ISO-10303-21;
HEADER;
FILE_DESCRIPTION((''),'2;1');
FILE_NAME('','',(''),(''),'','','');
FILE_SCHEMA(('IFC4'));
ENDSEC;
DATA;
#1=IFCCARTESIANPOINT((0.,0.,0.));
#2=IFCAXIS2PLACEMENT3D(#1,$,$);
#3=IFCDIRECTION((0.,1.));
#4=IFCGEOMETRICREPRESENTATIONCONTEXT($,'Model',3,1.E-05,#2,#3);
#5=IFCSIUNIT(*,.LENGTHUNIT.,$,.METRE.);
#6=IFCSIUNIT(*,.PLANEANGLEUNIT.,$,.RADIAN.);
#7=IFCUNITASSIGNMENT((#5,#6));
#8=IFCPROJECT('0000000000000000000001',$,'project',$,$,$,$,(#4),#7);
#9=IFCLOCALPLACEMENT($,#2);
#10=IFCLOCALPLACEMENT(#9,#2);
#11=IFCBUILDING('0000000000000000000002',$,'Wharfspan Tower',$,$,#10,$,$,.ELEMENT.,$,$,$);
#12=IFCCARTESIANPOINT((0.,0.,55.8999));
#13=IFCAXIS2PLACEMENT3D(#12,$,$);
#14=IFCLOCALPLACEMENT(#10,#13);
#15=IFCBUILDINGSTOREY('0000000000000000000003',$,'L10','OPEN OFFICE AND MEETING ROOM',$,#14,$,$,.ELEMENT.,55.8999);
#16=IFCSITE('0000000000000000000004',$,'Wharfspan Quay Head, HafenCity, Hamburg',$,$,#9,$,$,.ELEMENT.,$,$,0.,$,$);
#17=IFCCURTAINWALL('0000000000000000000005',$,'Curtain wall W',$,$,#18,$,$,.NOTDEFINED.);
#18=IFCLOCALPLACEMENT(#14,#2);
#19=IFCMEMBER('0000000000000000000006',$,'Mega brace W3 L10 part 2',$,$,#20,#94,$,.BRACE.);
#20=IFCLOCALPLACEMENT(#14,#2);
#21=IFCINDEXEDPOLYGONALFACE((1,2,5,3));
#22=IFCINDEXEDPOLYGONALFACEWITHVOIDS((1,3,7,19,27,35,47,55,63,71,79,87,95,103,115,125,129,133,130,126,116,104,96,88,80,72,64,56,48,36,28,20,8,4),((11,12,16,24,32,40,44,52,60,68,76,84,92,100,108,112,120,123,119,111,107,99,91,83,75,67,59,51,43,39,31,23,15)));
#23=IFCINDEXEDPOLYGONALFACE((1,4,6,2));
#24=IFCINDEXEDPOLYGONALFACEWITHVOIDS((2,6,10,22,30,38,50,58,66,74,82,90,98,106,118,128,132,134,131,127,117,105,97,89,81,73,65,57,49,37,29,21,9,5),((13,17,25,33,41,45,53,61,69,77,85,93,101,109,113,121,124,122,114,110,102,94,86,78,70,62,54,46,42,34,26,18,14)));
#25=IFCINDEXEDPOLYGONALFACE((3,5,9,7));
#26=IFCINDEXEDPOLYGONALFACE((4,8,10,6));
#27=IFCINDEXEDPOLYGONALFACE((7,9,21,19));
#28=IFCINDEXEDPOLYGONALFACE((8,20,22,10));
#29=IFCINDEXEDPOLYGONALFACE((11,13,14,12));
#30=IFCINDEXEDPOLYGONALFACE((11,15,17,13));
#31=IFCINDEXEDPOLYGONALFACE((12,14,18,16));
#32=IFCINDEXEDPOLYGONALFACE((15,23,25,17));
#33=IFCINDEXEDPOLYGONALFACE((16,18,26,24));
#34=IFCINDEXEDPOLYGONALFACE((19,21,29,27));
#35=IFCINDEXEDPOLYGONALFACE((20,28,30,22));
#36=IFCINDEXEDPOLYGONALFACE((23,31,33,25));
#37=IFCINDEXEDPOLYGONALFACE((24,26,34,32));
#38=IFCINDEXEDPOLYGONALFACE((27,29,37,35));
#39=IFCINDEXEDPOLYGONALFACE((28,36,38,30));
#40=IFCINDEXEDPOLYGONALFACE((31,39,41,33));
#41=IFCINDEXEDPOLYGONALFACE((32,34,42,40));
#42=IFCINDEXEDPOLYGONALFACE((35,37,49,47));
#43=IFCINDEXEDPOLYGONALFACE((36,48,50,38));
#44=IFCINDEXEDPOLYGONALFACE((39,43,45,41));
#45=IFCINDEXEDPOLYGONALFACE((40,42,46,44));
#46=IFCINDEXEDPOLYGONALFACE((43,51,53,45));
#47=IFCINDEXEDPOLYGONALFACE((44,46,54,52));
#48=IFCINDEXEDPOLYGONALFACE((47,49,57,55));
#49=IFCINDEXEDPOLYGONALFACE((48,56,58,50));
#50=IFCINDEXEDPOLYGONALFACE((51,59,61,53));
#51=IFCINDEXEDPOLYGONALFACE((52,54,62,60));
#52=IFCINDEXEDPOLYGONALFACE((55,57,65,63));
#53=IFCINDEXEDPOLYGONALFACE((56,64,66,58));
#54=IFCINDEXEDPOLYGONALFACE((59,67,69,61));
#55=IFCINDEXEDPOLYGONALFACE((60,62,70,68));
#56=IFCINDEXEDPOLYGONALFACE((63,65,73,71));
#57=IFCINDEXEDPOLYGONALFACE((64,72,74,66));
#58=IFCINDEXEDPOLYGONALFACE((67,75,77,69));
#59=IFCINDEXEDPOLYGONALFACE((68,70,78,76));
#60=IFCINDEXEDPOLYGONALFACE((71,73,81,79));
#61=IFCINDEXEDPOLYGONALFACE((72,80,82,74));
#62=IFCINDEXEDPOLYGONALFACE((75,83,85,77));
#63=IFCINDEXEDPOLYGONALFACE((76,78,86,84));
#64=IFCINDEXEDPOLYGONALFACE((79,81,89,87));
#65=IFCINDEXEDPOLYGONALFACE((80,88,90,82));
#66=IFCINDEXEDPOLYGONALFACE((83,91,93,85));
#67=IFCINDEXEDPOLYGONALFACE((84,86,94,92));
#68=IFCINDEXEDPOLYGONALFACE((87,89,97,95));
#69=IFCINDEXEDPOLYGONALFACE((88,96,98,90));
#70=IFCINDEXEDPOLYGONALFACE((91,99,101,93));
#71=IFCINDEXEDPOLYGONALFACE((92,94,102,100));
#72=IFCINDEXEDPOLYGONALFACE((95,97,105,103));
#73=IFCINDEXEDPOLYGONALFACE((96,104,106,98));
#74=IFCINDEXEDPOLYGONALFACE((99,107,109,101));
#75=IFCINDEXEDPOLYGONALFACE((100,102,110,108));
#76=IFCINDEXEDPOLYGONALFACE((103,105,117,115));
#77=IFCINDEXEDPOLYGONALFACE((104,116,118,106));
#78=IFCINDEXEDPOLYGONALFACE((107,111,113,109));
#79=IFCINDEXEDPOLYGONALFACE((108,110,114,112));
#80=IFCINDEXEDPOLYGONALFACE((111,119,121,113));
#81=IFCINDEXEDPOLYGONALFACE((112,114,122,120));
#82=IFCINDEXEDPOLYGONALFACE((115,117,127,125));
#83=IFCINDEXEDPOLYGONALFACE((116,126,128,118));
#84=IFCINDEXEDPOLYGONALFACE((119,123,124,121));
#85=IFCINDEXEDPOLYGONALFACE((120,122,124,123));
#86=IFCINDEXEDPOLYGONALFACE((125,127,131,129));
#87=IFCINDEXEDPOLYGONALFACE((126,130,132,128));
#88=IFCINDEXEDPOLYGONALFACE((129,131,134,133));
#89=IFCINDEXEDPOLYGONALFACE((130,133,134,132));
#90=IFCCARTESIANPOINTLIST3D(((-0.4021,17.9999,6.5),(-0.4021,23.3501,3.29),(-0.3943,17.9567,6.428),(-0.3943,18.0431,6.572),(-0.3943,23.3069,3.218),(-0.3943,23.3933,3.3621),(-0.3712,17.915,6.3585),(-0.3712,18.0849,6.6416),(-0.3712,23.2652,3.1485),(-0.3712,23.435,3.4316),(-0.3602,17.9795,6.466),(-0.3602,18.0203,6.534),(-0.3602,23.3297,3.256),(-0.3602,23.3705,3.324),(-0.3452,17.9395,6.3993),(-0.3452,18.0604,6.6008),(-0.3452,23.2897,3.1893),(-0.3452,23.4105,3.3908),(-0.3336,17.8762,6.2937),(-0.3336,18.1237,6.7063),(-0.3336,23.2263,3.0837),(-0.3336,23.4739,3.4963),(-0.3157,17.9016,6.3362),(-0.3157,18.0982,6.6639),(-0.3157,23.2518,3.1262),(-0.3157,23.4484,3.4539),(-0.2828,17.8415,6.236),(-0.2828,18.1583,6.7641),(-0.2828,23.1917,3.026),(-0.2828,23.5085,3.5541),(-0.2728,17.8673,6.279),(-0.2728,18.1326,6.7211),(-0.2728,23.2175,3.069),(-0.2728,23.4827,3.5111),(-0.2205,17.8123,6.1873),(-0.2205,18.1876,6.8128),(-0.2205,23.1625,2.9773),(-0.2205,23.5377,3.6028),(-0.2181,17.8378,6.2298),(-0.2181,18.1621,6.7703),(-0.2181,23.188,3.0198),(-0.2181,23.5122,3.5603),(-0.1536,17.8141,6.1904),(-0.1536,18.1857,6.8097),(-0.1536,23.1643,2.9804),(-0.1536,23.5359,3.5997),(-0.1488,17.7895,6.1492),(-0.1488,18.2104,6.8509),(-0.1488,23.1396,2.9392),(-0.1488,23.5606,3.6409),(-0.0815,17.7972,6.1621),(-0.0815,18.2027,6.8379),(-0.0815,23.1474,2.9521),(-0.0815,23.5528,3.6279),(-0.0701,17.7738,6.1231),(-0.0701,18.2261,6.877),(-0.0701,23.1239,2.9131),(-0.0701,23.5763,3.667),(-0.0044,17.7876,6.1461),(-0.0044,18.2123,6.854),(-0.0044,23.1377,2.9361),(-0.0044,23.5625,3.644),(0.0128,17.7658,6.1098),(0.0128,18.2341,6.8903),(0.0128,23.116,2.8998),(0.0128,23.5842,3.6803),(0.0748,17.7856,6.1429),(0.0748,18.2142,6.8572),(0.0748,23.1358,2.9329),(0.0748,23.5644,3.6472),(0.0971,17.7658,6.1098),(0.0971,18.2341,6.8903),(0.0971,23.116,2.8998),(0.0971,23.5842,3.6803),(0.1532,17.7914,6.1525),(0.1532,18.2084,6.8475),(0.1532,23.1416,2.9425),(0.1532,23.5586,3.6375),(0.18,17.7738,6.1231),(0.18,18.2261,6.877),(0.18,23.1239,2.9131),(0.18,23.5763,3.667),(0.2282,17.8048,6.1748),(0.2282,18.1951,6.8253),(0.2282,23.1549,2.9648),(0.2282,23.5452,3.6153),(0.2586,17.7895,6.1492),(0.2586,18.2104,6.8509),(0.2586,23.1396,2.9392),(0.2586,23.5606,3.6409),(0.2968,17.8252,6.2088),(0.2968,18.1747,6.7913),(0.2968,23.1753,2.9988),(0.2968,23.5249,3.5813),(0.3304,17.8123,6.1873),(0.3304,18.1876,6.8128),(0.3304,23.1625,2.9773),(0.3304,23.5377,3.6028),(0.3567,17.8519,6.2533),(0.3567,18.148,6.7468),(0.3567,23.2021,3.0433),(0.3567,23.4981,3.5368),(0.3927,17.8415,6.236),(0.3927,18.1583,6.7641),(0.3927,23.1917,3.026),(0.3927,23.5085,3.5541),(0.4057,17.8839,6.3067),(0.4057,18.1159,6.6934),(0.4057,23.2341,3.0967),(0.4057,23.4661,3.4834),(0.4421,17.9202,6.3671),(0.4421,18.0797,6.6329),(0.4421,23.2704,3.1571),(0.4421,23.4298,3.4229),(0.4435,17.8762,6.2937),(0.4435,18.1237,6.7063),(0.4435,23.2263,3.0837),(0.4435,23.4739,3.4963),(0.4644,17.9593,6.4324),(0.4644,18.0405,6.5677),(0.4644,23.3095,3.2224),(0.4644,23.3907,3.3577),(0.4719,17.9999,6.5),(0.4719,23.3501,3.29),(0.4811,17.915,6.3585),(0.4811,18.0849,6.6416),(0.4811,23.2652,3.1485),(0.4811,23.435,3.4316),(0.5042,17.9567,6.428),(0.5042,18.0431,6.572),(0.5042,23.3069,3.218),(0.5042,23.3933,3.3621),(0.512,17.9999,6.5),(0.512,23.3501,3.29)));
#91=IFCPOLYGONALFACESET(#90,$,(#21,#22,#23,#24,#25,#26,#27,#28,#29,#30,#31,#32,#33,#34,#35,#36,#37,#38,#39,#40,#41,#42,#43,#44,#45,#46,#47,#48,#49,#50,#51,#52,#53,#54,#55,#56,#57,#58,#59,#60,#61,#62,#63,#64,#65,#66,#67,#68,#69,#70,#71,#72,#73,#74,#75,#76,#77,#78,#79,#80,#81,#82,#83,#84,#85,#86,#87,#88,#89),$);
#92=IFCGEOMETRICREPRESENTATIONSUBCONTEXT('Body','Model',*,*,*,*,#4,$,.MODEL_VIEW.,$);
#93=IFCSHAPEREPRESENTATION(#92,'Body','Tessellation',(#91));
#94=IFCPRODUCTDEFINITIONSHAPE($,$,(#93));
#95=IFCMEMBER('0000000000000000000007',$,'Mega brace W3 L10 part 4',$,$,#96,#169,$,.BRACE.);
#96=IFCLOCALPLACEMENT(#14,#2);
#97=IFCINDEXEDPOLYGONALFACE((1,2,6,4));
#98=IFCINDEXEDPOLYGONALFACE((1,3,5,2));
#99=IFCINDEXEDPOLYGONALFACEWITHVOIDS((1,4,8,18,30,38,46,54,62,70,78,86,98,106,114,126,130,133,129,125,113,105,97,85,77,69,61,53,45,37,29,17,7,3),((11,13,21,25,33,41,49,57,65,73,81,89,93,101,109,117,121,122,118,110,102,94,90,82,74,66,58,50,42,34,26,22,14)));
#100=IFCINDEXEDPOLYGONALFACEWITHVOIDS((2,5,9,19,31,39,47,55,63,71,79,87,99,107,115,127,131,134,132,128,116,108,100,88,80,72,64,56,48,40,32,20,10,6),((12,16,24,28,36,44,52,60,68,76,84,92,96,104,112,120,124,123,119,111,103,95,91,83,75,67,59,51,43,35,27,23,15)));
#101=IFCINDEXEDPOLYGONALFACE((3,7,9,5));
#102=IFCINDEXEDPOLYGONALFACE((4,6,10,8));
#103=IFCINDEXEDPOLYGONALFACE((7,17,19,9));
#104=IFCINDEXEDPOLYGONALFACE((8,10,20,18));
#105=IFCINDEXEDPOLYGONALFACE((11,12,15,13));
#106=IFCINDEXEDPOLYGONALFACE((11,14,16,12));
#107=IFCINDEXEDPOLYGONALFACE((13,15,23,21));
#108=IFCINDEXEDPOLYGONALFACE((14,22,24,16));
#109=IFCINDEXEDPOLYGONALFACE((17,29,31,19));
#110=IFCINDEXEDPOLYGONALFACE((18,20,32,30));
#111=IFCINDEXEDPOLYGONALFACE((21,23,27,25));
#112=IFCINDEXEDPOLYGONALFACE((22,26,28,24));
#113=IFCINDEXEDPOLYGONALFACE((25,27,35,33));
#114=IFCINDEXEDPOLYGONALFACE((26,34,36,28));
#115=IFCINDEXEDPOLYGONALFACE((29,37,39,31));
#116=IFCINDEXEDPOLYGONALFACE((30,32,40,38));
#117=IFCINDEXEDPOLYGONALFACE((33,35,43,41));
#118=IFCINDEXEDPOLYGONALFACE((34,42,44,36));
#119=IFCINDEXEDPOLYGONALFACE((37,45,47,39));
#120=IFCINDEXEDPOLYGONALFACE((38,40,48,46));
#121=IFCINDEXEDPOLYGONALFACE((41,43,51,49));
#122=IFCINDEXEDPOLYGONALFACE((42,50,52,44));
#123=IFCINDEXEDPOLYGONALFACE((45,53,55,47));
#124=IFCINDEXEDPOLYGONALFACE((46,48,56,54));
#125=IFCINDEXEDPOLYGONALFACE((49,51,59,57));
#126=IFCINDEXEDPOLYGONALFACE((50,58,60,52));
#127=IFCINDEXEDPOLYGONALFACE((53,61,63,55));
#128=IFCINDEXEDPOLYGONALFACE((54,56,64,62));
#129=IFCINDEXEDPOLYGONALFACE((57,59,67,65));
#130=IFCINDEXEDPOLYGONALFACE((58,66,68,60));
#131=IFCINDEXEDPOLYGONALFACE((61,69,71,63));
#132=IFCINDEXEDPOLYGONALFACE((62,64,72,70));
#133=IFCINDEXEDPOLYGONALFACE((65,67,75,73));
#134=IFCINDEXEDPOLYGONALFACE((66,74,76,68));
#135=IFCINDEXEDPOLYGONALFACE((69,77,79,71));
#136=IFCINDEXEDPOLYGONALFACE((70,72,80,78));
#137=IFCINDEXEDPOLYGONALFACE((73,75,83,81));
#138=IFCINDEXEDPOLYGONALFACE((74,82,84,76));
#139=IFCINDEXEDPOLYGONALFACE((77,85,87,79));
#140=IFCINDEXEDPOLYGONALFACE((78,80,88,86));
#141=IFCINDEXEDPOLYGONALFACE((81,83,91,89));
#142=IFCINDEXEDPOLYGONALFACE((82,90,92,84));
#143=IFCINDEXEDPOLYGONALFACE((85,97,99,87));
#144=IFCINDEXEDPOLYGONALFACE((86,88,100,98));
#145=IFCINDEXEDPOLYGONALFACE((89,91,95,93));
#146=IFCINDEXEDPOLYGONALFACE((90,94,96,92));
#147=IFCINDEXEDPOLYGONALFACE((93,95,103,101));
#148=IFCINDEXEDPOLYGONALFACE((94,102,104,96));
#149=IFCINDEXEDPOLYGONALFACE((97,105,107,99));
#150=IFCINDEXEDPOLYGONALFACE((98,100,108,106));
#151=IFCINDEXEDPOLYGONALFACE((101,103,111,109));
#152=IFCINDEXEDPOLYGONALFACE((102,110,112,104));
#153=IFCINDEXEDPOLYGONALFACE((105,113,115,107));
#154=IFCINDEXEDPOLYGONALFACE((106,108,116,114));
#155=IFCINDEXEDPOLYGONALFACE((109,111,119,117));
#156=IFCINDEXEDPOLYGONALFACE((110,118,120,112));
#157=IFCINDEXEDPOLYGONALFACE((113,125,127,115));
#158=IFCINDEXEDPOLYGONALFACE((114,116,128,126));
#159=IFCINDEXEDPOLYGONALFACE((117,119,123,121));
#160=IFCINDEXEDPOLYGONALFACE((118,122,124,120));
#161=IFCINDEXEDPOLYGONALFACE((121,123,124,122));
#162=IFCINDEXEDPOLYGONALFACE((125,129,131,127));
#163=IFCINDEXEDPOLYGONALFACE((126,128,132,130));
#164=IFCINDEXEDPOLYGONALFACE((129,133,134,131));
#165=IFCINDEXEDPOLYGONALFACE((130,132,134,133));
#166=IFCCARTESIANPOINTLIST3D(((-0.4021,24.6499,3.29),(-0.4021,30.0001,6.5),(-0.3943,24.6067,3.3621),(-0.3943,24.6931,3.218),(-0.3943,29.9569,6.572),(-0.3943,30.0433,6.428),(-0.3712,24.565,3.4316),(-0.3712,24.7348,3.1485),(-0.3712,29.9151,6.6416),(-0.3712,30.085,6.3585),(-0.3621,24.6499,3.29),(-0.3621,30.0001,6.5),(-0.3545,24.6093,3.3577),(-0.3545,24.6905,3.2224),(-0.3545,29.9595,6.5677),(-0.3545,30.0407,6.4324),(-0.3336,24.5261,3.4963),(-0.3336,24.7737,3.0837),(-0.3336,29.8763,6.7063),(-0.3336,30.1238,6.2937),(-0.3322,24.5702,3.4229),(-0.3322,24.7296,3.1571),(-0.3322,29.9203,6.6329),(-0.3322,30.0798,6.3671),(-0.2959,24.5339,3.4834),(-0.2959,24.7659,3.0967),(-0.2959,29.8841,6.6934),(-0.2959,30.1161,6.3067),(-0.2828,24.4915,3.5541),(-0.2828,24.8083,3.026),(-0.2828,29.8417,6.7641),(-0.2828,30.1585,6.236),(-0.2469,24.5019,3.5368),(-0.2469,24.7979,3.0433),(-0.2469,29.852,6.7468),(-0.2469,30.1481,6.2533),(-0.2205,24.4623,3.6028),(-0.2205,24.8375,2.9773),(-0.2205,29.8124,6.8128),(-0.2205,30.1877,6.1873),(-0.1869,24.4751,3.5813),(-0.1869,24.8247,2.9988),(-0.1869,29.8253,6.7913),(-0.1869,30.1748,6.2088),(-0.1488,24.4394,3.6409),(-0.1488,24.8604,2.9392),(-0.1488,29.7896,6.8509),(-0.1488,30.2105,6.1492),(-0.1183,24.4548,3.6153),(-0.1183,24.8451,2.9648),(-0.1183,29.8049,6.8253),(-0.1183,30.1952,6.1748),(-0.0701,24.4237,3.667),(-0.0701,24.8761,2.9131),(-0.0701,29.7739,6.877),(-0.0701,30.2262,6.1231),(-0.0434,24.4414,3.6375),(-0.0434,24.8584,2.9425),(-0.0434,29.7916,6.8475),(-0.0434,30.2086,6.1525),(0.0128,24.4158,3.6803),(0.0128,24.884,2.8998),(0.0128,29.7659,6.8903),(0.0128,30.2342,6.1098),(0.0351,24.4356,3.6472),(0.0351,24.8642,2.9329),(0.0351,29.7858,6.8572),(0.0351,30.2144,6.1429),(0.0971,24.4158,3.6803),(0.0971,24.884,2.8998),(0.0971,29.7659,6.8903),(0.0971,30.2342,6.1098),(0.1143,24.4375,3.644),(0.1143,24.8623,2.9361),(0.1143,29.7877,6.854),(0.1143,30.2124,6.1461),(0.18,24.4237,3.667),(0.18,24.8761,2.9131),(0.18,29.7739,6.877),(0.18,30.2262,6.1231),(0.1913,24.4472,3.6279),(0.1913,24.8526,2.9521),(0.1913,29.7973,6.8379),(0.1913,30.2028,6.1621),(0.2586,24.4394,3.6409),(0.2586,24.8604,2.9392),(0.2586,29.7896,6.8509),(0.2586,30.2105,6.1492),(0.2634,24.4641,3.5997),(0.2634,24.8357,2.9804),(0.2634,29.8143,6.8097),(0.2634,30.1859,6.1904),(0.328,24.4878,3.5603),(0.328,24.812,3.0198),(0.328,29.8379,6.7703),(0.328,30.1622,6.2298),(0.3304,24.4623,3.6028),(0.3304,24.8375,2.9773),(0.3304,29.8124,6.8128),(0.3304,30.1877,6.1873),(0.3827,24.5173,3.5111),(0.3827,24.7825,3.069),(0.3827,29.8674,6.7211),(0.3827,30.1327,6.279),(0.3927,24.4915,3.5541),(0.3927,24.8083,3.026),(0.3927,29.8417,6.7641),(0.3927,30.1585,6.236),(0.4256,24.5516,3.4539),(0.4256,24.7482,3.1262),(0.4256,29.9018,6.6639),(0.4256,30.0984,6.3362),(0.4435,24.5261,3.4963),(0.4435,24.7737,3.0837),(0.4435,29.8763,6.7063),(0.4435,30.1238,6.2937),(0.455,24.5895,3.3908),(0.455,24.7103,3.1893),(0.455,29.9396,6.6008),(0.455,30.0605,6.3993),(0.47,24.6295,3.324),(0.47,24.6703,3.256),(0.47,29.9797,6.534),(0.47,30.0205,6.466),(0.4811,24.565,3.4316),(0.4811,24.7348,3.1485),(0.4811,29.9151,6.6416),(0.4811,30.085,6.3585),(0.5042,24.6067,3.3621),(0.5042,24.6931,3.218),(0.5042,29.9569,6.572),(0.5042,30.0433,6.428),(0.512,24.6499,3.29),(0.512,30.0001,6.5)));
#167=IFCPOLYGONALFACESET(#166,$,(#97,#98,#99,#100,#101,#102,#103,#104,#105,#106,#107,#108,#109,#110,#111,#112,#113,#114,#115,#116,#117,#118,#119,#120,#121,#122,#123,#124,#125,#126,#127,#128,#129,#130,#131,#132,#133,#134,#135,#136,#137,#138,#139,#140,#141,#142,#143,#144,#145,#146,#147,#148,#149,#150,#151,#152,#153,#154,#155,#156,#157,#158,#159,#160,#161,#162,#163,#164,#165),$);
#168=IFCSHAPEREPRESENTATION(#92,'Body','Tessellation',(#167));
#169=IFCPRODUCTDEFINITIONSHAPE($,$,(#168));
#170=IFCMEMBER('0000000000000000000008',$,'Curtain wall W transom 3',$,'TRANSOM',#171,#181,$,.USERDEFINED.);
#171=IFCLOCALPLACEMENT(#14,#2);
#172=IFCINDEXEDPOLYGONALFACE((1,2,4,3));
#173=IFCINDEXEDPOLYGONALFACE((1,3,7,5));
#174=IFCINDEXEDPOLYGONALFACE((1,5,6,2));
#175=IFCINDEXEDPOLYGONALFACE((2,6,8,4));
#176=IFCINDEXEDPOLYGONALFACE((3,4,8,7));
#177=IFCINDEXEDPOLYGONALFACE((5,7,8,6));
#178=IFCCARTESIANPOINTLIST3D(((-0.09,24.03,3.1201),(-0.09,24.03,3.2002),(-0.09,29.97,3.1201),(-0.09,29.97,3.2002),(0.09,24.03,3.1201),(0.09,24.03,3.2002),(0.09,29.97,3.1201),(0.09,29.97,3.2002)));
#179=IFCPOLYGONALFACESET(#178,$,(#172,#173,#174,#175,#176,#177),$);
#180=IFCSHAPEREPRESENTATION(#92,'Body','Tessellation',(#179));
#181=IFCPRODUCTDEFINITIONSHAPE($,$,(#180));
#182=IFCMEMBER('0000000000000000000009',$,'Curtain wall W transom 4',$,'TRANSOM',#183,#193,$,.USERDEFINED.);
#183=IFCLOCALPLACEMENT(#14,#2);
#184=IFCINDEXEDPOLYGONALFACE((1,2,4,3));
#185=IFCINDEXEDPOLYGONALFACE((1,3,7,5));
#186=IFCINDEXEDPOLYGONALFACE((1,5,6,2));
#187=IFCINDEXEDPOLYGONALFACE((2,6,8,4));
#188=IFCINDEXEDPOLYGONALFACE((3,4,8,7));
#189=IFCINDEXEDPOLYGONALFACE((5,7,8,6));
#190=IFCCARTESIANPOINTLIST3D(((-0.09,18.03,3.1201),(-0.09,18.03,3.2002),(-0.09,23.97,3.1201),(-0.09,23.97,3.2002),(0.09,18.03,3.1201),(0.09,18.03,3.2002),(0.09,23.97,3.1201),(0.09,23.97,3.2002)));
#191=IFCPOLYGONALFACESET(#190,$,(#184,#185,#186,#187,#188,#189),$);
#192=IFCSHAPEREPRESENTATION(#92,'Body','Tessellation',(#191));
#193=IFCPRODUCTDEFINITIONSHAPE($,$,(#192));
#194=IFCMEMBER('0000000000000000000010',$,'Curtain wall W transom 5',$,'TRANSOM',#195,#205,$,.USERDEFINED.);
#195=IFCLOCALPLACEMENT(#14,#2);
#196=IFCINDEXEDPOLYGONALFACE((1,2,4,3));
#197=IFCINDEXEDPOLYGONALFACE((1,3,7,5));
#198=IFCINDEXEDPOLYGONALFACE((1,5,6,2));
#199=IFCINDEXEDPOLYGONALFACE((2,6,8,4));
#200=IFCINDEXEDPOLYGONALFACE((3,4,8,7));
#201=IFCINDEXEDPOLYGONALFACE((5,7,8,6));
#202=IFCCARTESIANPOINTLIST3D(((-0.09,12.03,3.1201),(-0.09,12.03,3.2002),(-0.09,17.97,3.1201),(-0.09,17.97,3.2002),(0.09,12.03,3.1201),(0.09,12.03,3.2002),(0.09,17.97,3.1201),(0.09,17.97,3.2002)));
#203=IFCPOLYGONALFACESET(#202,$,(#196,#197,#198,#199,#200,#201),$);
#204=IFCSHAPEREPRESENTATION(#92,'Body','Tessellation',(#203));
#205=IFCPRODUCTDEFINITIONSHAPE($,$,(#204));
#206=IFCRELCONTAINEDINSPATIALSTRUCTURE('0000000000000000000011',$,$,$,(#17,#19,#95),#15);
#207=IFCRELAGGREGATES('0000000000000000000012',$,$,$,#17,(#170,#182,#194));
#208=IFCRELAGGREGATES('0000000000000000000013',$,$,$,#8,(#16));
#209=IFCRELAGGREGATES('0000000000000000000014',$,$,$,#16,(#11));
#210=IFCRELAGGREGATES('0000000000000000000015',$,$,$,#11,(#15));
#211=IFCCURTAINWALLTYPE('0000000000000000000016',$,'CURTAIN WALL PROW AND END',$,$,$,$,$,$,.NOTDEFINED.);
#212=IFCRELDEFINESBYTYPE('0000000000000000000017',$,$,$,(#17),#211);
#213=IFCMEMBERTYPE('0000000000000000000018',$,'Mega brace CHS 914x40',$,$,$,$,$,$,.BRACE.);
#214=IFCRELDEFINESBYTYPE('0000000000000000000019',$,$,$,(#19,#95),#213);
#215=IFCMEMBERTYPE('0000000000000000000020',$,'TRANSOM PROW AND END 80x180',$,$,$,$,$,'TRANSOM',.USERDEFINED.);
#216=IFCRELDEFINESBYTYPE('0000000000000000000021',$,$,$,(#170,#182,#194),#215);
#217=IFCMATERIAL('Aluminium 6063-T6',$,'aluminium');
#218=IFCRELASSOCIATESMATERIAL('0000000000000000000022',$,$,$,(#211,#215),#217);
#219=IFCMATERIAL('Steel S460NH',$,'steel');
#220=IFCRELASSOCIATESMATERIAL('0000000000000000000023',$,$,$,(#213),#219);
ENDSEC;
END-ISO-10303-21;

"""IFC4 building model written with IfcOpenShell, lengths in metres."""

from ifc_helpers import new_model, si_unit, direction, frame, origin, origin_2d, place, context, subcontext, project, spatial, rectangle, hollow_circle, extrude, material, material_profile, profile_set, type_object, element, aggregate, save


model = new_model("IFC4")

# Units and contexts
model_context = context("Model", 3, precision=1e-05, world=origin(), true_north=direction((0.0, 1.0)))
body_context = subcontext(model_context, "Body", "Model", "MODEL_VIEW")
ifc_project = project(units=[si_unit("LENGTHUNIT", "METRE"), si_unit("PLANEANGLEUNIT", "RADIAN")], contexts=[model_context])

# Site, building, storey
site_placement = place(None, origin())
site = spatial("IfcSite", under=ifc_project, at=site_placement, Name="Wharfspan Quay Head, HafenCity, Hamburg", CompositionType="ELEMENT", RefElevation=0.0)
building_placement = place(site_placement, origin())
building = spatial("IfcBuilding", under=site, at=building_placement, Name="Wharfspan Tower", CompositionType="ELEMENT")
storey_placement = place(building_placement, frame((0.0, 0.0, 55.8999)))
storey = spatial("IfcBuildingStorey", under=building, at=storey_placement, Name="L10", Description="OPEN OFFICE AND MEETING ROOM", CompositionType="ELEMENT", Elevation=55.8999)

# Curtain wall
ifc_material_1 = material(Name="Aluminium 6063-T6", Category="aluminium")
curtain_wall_type = type_object("IfcCurtainWallType", Name="CURTAIN WALL PROW AND END", PredefinedType="NOTDEFINED", material=ifc_material_1)
curtain_wall_placement = place(storey_placement, origin())
curtain_wall = element("IfcCurtainWall", 1, at=curtain_wall_placement, inside=storey, type_object=curtain_wall_type, Name="Curtain wall W", PredefinedType="NOTDEFINED")

# Members
ifc_material_2 = material(Name="Steel S460NH", Category="steel")
ifc_material_profile_1 = material_profile(ifc_material_2, hollow_circle(Radius=0.457, WallThickness=0.04, at=origin_2d()))
ifc_profile_set_1 = profile_set([ifc_material_profile_1], Name="Steel S460NH")
member_type_1 = type_object("IfcMemberType", Name="Mega brace CHS 914x40", PredefinedType="BRACE", material=ifc_profile_set_1)
for number, where, z_axis, x_axis, name in (
    (2, (0.0549, 23.3501, 3.29), (0.0, -0.8575, 0.514484), (1.0, 0.0, 0.0), "Mega brace W3 L10 part 2"),
    (3, (0.0549, 24.6499, 3.29), (0.0, 0.8575, 0.514484), (-1.0, 0.0, 0.0), "Mega brace W3 L10 part 4"),
):
    element("IfcMember", number, at=place(storey_placement, frame(where, z_axis=z_axis, x_axis=x_axis)), inside=storey, type_object=member_type_1, Name=name, PredefinedType="BRACE", context=body_context, shape_type="SweptSolid", body=[
        extrude(hollow_circle(Radius=0.457, WallThickness=0.04, at=origin_2d()), origin(), (0.0, 0.0, 1.0), 6.2393),
    ])

# Members
ifc_material_profile_2 = material_profile(ifc_material_1, rectangle(XDim=0.1799, YDim=0.0801, at=origin_2d()))
ifc_profile_set_2 = profile_set([ifc_material_profile_2], Name="Aluminium 6063-T6")
member_type_2 = type_object("IfcMemberType", Name="TRANSOM PROW AND END 80x180", ElementType="TRANSOM", PredefinedType="USERDEFINED", material=ifc_profile_set_2)
member_1_placement = place(storey_placement, frame((0.0, 29.97, 3.1602), z_axis=(0.0, -1.0, 0.0), x_axis=(1.0, 0.0, 0.0)))
member_1 = element("IfcMember", 4, at=member_1_placement, type_object=member_type_2, Name="Curtain wall W transom 3", ObjectType="TRANSOM", PredefinedType="USERDEFINED", context=body_context, shape_type="SweptSolid", body=[
    extrude(rectangle(XDim=0.1799, YDim=0.0801, at=origin_2d()), origin(), (0.0, 0.0, 1.0), 5.9399),
])
member_2_placement = place(storey_placement, frame((0.0, 23.97, 3.1602), z_axis=(0.0, -1.0, 0.0), x_axis=(1.0, 0.0, 0.0)))
member_2 = element("IfcMember", 5, at=member_2_placement, type_object=member_type_2, Name="Curtain wall W transom 4", ObjectType="TRANSOM", PredefinedType="USERDEFINED", context=body_context, shape_type="SweptSolid", body=[
    extrude(rectangle(XDim=0.1799, YDim=0.0801, at=origin_2d()), origin(), (0.0, 0.0, 1.0), 5.9399),
])
member_3_placement = place(storey_placement, frame((0.0, 17.97, 3.1602), z_axis=(0.0, -1.0, 0.0), x_axis=(1.0, 0.0, 0.0)))
member_3 = element("IfcMember", 6, at=member_3_placement, type_object=member_type_2, Name="Curtain wall W transom 5", ObjectType="TRANSOM", PredefinedType="USERDEFINED", context=body_context, shape_type="SweptSolid", body=[
    extrude(rectangle(XDim=0.1799, YDim=0.0801, at=origin_2d()), origin(), (0.0, 0.0, 1.0), 5.9399),
])

aggregate(curtain_wall, [member_1, member_2, member_3])

save(model, "model.ifc")
